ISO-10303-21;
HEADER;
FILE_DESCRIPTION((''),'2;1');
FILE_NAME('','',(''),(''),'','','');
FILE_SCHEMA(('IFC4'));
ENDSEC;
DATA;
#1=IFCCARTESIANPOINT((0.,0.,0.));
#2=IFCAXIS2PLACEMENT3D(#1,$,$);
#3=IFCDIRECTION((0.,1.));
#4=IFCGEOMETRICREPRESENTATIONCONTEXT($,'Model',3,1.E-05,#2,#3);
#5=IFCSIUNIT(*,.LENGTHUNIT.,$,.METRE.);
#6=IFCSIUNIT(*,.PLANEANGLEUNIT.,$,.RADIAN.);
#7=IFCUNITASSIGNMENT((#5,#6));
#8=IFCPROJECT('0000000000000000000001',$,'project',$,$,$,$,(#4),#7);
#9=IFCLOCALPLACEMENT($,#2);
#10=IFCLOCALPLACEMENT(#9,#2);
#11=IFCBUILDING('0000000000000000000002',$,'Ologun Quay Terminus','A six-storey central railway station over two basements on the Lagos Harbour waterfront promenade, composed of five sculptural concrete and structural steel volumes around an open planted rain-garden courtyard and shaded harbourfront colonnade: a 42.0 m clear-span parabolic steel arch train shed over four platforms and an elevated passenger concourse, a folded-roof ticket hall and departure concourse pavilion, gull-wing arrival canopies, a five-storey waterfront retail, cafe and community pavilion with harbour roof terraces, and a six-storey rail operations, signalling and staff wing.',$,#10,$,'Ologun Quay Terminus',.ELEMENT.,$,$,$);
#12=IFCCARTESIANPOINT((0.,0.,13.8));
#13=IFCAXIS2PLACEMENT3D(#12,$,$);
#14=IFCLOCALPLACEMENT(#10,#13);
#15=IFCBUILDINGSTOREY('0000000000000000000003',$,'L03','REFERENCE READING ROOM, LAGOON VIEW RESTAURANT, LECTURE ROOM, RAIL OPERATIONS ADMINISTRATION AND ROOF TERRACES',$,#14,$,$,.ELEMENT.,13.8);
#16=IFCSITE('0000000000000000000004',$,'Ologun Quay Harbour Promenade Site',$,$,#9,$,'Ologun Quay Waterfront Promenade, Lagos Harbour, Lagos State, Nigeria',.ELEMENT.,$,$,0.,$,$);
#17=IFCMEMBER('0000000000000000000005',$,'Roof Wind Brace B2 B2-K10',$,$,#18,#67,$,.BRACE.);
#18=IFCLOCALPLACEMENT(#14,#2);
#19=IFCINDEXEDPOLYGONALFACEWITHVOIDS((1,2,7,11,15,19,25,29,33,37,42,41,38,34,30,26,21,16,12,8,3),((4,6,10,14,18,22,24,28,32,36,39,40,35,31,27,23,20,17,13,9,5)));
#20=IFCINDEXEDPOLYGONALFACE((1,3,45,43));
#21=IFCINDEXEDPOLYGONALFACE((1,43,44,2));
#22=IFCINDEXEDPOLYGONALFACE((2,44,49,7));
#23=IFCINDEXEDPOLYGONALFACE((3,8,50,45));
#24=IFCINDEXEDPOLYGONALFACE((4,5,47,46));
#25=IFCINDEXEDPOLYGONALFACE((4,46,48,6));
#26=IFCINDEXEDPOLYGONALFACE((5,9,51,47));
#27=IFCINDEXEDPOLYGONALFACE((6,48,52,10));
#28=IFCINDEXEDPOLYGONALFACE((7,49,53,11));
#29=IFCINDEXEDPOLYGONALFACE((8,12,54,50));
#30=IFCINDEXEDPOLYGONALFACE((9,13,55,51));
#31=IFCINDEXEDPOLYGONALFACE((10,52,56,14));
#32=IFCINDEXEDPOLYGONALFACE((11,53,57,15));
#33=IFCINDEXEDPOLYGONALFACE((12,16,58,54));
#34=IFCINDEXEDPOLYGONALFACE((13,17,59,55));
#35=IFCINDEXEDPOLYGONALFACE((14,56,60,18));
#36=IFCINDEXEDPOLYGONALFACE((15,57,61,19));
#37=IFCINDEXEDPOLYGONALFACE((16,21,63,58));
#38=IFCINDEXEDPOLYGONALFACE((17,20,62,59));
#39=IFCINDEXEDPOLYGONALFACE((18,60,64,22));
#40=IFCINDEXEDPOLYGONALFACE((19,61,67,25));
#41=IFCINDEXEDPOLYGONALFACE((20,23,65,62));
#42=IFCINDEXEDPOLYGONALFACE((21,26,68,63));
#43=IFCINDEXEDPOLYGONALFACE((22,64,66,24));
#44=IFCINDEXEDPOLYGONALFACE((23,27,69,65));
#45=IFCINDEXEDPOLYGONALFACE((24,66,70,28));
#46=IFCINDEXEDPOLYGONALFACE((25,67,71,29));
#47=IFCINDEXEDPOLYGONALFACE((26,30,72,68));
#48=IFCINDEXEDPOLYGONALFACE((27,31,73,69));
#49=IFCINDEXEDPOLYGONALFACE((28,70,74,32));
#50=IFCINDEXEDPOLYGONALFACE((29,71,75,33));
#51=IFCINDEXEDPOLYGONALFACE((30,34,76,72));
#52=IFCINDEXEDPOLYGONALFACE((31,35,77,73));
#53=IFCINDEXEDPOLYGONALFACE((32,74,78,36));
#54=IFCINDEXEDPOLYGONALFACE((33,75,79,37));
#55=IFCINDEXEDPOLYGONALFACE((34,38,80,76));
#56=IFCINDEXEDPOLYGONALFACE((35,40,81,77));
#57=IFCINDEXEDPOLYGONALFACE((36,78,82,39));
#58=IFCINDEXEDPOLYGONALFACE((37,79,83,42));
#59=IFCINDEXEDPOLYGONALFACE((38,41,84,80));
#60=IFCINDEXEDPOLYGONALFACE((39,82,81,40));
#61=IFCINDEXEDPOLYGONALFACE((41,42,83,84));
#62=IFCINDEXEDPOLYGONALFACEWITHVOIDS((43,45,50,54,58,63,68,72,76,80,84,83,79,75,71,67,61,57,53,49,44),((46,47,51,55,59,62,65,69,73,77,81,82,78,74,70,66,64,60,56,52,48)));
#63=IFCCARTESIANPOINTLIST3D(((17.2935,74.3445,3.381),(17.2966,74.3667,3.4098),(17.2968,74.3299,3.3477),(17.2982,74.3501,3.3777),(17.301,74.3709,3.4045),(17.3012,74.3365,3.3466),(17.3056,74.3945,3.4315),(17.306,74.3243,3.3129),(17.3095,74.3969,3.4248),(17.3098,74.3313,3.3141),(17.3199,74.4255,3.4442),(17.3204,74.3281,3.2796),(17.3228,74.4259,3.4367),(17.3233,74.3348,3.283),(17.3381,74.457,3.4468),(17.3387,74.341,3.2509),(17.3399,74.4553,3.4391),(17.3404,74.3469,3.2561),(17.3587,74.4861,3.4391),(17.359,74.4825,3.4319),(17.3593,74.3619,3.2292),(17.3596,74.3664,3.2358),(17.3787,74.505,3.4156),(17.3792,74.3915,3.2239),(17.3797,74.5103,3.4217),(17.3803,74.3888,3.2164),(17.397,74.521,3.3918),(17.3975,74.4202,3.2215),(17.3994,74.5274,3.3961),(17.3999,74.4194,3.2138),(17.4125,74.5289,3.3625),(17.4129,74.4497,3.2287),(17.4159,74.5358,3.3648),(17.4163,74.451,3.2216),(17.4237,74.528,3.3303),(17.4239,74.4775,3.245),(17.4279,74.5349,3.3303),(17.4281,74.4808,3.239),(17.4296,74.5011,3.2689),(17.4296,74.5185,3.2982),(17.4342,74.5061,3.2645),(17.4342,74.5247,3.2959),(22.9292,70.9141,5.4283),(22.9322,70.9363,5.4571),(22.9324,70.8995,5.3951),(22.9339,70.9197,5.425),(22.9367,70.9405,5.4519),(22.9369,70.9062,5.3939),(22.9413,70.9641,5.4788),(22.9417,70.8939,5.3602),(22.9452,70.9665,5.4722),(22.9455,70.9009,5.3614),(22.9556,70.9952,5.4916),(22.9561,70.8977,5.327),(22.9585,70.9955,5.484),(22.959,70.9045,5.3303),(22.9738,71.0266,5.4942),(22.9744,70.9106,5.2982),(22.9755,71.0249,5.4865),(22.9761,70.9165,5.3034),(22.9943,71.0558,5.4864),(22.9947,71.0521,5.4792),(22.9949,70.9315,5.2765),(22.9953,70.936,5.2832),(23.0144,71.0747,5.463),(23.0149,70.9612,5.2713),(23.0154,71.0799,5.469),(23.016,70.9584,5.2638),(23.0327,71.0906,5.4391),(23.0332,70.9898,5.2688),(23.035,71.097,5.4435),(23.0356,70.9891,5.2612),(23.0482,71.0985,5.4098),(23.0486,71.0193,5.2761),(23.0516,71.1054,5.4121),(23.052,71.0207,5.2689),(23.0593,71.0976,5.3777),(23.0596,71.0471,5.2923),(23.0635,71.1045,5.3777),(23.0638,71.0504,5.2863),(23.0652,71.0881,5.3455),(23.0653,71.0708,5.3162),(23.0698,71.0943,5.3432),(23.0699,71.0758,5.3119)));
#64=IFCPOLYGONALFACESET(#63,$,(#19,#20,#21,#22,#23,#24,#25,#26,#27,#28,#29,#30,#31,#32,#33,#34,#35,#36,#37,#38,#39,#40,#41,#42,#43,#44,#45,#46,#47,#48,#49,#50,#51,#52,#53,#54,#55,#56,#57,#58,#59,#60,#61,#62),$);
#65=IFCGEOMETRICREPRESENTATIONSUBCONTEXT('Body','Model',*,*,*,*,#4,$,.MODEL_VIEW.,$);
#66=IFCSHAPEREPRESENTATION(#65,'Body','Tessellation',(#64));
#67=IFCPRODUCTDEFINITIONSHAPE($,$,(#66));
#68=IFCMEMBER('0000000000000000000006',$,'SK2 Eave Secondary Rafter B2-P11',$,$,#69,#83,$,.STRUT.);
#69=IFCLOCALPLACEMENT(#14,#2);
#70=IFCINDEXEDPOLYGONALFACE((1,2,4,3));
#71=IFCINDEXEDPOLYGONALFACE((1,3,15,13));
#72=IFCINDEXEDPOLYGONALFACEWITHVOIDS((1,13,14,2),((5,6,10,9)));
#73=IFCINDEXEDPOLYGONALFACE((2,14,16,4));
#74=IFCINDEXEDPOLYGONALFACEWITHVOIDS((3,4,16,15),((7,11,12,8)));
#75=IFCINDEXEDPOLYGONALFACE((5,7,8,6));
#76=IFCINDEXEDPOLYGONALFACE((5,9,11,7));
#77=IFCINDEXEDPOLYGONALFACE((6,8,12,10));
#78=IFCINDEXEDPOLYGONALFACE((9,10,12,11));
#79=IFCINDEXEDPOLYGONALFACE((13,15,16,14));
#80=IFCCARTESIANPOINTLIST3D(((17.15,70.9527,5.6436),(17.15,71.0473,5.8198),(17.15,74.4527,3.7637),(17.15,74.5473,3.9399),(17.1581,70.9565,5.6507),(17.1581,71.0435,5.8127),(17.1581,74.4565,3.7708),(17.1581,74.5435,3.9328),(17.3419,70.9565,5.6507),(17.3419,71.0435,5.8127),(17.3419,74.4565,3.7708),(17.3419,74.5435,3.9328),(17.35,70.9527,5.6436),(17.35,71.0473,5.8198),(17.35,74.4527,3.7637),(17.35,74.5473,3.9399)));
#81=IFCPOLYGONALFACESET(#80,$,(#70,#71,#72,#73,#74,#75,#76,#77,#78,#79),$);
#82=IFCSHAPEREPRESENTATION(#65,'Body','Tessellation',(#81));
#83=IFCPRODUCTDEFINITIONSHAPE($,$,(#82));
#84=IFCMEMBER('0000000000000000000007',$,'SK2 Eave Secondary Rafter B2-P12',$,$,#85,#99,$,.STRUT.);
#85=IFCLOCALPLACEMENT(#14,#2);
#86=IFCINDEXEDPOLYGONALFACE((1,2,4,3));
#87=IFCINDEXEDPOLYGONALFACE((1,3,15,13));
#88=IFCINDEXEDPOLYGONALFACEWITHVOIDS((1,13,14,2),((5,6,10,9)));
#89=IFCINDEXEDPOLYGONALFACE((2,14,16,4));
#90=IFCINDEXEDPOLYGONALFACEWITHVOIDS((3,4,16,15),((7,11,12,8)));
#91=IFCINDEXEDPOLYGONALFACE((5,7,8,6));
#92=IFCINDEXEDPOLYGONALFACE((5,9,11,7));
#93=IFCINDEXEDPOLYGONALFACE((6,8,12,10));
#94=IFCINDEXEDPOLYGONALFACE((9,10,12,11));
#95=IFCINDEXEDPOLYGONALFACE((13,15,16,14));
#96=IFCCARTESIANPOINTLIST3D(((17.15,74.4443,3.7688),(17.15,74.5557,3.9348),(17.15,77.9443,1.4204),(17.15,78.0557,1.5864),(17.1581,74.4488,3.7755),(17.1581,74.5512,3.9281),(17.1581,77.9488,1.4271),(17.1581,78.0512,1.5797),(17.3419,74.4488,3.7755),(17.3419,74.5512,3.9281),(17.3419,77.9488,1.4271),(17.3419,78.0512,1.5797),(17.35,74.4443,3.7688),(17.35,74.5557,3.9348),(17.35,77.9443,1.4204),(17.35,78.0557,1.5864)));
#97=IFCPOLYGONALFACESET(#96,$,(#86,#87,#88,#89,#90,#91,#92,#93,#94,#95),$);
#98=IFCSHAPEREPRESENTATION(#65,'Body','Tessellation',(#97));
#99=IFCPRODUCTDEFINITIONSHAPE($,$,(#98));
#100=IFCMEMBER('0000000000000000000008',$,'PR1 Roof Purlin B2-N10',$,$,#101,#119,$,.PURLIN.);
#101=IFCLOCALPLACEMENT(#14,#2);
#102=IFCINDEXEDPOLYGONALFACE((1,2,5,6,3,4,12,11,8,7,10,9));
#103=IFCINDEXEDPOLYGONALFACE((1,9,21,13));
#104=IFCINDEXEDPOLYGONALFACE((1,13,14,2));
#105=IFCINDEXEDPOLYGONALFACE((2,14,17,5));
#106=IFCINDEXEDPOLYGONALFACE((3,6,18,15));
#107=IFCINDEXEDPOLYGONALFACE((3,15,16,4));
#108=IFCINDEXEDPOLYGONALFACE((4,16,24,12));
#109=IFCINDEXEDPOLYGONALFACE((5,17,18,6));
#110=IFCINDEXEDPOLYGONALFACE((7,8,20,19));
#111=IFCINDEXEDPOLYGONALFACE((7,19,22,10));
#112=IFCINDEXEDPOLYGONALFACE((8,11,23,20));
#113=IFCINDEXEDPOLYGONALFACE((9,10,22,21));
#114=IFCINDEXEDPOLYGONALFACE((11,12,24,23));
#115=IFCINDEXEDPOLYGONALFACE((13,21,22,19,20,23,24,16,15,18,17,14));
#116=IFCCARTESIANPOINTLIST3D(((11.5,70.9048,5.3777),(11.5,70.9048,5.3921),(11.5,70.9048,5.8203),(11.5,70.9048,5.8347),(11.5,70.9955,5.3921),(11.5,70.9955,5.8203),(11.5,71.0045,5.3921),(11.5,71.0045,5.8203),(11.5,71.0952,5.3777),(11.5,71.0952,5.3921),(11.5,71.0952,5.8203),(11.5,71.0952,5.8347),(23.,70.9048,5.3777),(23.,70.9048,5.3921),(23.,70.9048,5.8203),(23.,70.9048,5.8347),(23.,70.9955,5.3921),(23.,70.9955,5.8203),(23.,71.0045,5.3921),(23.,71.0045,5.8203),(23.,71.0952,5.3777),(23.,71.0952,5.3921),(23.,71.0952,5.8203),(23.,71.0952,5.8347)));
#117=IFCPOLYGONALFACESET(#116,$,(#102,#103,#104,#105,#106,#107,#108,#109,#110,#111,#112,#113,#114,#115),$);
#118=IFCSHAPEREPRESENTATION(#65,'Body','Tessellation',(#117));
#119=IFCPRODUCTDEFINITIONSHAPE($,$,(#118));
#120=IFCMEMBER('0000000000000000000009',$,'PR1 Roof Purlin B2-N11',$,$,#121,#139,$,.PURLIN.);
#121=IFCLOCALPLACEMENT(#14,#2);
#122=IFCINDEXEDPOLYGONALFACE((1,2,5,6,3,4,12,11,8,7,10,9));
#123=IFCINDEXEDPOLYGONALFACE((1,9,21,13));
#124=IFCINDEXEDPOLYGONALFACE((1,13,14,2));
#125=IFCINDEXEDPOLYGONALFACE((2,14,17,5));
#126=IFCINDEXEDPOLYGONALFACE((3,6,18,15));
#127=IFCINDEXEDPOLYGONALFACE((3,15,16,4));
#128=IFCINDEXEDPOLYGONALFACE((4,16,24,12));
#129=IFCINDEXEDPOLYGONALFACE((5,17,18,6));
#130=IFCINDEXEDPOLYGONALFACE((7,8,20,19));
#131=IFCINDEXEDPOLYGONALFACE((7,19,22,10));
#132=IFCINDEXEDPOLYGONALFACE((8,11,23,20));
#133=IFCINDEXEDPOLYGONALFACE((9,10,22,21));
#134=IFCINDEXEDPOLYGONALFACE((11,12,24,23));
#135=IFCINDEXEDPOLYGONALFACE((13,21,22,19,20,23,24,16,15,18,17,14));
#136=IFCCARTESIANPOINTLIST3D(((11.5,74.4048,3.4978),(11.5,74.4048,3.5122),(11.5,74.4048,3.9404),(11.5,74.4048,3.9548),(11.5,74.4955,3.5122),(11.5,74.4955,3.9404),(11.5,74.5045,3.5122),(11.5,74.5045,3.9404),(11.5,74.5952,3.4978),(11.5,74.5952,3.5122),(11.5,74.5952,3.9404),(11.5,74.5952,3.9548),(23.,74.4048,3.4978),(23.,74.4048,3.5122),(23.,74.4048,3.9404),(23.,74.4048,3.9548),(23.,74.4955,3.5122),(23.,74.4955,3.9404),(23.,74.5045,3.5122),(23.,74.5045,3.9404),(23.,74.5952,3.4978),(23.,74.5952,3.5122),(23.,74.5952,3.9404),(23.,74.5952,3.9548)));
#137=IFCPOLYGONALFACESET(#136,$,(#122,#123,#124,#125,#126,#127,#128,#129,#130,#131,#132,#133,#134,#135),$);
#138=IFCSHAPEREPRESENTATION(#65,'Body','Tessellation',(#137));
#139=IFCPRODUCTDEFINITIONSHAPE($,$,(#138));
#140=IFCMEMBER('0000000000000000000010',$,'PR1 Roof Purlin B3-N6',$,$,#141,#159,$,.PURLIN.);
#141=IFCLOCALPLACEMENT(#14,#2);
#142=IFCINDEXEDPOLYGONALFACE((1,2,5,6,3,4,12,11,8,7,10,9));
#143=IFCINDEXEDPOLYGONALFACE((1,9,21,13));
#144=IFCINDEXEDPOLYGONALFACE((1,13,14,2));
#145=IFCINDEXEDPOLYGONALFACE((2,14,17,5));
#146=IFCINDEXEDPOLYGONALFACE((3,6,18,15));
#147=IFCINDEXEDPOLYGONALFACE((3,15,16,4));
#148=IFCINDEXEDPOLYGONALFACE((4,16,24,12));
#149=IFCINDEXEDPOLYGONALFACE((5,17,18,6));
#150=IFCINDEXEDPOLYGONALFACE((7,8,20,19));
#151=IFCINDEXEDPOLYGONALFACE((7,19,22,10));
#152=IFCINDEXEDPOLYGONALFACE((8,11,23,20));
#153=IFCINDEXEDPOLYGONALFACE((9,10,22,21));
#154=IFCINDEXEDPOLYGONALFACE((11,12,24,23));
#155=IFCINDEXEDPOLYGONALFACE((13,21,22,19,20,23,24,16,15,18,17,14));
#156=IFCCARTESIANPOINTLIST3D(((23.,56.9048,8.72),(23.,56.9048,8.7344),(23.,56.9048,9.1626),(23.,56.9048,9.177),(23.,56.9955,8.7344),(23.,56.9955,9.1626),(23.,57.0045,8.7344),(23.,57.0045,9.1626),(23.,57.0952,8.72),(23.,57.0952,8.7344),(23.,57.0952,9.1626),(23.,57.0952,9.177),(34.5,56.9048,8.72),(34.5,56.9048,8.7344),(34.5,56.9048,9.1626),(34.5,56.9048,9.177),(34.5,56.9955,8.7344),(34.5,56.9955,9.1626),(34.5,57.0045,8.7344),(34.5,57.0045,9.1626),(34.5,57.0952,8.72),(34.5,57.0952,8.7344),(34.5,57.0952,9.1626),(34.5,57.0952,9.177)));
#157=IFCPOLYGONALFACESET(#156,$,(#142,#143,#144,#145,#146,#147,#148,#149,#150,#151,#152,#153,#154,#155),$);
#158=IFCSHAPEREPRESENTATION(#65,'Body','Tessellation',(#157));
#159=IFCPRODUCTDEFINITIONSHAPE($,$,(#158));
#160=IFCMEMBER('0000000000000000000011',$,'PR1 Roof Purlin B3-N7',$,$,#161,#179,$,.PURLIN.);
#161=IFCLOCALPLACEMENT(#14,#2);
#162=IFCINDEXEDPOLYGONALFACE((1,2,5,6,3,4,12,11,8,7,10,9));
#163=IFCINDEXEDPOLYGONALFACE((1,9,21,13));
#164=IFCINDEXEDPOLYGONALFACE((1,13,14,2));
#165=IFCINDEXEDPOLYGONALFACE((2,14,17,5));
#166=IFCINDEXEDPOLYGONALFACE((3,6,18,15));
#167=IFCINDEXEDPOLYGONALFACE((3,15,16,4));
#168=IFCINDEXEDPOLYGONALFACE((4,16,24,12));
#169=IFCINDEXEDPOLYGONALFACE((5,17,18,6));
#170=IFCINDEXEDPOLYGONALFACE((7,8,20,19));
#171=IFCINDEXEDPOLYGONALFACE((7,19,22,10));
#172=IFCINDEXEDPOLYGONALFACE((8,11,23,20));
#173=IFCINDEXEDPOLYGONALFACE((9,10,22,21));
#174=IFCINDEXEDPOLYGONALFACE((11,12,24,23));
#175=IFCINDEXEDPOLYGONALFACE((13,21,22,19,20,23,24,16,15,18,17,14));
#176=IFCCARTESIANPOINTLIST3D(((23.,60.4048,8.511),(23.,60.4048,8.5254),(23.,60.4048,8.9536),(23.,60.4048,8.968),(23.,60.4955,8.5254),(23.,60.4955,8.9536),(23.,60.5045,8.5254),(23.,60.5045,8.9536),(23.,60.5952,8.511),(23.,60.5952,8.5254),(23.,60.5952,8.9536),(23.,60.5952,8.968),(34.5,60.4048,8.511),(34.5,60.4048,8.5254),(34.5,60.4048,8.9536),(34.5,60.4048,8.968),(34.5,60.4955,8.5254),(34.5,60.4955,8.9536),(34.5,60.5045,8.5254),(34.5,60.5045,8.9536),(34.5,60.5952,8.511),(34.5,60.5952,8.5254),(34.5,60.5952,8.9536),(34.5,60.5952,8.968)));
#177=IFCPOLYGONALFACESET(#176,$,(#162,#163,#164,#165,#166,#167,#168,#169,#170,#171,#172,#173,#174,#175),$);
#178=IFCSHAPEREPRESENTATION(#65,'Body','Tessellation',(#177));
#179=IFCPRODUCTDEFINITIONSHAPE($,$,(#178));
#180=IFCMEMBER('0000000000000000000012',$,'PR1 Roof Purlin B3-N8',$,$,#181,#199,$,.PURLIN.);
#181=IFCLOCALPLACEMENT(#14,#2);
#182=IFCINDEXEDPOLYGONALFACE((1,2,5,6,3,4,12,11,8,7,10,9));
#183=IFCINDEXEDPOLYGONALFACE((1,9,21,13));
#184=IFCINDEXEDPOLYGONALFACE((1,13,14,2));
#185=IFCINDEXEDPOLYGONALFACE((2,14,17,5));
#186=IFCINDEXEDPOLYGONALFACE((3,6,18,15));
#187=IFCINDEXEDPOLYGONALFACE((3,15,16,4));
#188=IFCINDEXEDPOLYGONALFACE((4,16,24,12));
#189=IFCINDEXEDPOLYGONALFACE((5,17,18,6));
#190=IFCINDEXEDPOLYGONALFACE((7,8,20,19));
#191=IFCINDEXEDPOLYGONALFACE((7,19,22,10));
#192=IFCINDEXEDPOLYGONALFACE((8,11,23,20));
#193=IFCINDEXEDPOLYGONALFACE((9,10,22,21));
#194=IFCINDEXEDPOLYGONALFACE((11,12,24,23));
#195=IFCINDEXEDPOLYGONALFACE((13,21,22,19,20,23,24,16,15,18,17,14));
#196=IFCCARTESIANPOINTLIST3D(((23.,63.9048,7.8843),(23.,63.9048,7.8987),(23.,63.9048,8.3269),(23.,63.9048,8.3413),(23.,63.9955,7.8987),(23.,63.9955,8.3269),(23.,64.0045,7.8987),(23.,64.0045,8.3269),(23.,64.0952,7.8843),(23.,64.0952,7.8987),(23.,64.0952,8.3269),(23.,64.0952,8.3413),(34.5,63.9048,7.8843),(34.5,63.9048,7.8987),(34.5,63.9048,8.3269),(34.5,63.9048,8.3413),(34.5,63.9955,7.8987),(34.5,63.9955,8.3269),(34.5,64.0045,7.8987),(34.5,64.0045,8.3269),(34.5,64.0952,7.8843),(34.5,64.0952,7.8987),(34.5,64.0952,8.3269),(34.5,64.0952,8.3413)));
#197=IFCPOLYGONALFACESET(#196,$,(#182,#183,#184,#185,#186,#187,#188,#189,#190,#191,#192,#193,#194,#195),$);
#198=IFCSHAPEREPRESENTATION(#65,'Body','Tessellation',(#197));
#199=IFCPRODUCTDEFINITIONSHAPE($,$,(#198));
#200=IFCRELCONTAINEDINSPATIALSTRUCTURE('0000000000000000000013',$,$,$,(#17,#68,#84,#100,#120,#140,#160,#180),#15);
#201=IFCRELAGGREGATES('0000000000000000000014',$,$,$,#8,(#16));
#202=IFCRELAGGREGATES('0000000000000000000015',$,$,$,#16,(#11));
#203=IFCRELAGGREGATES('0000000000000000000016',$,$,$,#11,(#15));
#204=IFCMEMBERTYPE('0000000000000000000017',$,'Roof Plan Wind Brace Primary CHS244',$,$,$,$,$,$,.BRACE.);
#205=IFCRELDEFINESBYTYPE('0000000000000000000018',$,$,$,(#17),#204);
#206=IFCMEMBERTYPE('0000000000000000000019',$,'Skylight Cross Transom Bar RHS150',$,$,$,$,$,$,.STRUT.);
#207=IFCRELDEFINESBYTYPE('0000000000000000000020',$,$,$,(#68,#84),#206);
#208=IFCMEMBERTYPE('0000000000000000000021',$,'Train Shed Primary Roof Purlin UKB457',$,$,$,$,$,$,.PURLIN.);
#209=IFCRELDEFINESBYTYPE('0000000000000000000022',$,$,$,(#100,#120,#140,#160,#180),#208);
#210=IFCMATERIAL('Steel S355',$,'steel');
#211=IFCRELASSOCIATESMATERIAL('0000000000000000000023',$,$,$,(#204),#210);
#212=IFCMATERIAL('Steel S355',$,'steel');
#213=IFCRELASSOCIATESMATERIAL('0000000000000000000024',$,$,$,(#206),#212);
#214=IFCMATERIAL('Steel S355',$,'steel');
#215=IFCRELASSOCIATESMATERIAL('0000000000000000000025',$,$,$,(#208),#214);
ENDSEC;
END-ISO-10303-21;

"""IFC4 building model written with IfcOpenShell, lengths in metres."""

from ifc_helpers import new_model, si_unit, direction, frame, origin, origin_2d, place, context, subcontext, project, spatial, hollow_rectangle, hollow_circle, i_section, extrude, material, material_profile, profile_set, type_object, element, save


model = new_model("IFC4")

# Units and contexts
model_context = context("Model", 3, precision=1e-05, world=origin(), true_north=direction((0.0, 1.0)))
body_context = subcontext(model_context, "Body", "Model", "MODEL_VIEW")
ifc_project = project(units=[si_unit("LENGTHUNIT", "METRE"), si_unit("PLANEANGLEUNIT", "RADIAN")], contexts=[model_context])

# Site, building, storey
site_placement = place(None, origin())
site = spatial("IfcSite", under=ifc_project, at=site_placement, Name="Ologun Quay Harbour Promenade Site", LongName="Ologun Quay Waterfront Promenade, Lagos Harbour, Lagos State, Nigeria", CompositionType="ELEMENT", RefElevation=0.0)
building_placement = place(site_placement, origin())
building = spatial("IfcBuilding", under=site, at=building_placement, Name="Ologun Quay Terminus", Description="A six-storey central railway station over two basements on the Lagos Harbour waterfront promenade, composed of five sculptural concrete and structural steel volumes around an open planted rain-garden courtyard and shaded harbourfront colonnade: a 42.0 m clear-span parabolic steel arch train shed over four platforms and an elevated passenger concourse, a folded-roof ticket hall and departure concourse pavilion, gull-wing arrival canopies, a five-storey waterfront retail, cafe and community pavilion with harbour roof terraces, and a six-storey rail operations, signalling and staff wing.", LongName="Ologun Quay Terminus", CompositionType="ELEMENT")
storey_placement = place(building_placement, frame((0.0, 0.0, 13.8)))
storey = spatial("IfcBuildingStorey", under=building, at=storey_placement, Name="L03", Description="REFERENCE READING ROOM, LAGOON VIEW RESTAURANT, LECTURE ROOM, RAIL OPERATIONS ADMINISTRATION AND ROOF TERRACES", CompositionType="ELEMENT", Elevation=13.8)

# Members
ifc_material_1 = material(Name="Steel S355", Category="steel")
ifc_material_profile_1 = material_profile(ifc_material_1, hollow_circle(Radius=0.1223, WallThickness=0.0081, at=origin_2d()), Name="CHS 244.5x8")
ifc_profile_set_1 = profile_set([ifc_material_profile_1], Name="Steel S355")
member_type_1 = type_object("IfcMemberType", Name="Roof Plan Wind Brace Primary CHS244", PredefinedType="BRACE", material=ifc_profile_set_1)
member_1_placement = place(storey_placement, frame((17.3643, 74.4304, 3.3303), z_axis=(0.815823, -0.496583, 0.296374), x_axis=(0.519943, 0.854201, 0.0)))
element("IfcMember", 1, at=member_1_placement, inside=storey, type_object=member_type_1, Name="Roof Wind Brace B2 B2-K10", PredefinedType="BRACE", context=body_context, shape_type="SweptSolid", body=[
    extrude(hollow_circle(Radius=0.1223, WallThickness=0.0081, at=origin_2d()), origin(), (0.0, 0.0, 1.0), 6.908),
])
ifc_material_2 = material(Name="Steel S355", Category="steel")
ifc_material_profile_2 = material_profile(ifc_material_2, hollow_rectangle(XDim=0.2, YDim=0.2, WallThickness=0.0081, at=origin_2d()), Name="SHS 200x200x8")
ifc_profile_set_2 = profile_set([ifc_material_profile_2], Name="Steel S355")
member_type_2 = type_object("IfcMemberType", Name="Skylight Cross Transom Bar RHS150", PredefinedType="STRUT", material=ifc_profile_set_2)
member_2_placement = place(storey_placement, frame((17.25, 71.0, 5.7317), z_axis=(0.0, 0.880968, -0.473176), x_axis=(-1.0, 0.0, 0.0)))
element("IfcMember", 2, at=member_2_placement, inside=storey, type_object=member_type_2, Name="SK2 Eave Secondary Rafter B2-P11", PredefinedType="STRUT", context=body_context, shape_type="SweptSolid", body=[
    extrude(hollow_rectangle(XDim=0.2, YDim=0.2, WallThickness=0.0081, at=origin_2d()), origin(), (0.0, 0.0, 1.0), 3.9729),
])
member_3_placement = place(storey_placement, frame((17.25, 74.5, 3.8518), z_axis=(0.0, 0.830398, -0.557171), x_axis=(-1.0, 0.0, 0.0)))
element("IfcMember", 3, at=member_3_placement, inside=storey, type_object=member_type_2, Name="SK2 Eave Secondary Rafter B2-P12", PredefinedType="STRUT", context=body_context, shape_type="SweptSolid", body=[
    extrude(hollow_rectangle(XDim=0.2, YDim=0.2, WallThickness=0.0081, at=origin_2d()), origin(), (0.0, 0.0, 1.0), 4.2148),
])
ifc_material_3 = material(Name="Steel S355", Category="steel")
ifc_material_profile_3 = material_profile(ifc_material_3, i_section(OverallWidth=0.1904, OverallDepth=0.457, WebThickness=0.009, FlangeThickness=0.0144, at=origin_2d()), Name="UKB 457x191x74")
ifc_profile_set_3 = profile_set([ifc_material_profile_3], Name="Steel S355")
member_type_3 = type_object("IfcMemberType", Name="Train Shed Primary Roof Purlin UKB457", PredefinedType="PURLIN", material=ifc_profile_set_3)
for number, where, z_axis, x_axis, name in (
    (4, (11.5, 71.0, 5.6062), (1.0, 0.0, 0.0), (0.0, 1.0, 0.0), "PR1 Roof Purlin B2-N10"),
    (5, (11.5, 74.5, 3.7263), (1.0, 0.0, 0.0), (0.0, 1.0, 0.0), "PR1 Roof Purlin B2-N11"),
    (6, (23.0, 57.0, 8.9485), (1.0, 0.0, 0.0), (0.0, 1.0, 0.0), "PR1 Roof Purlin B3-N6"),
    (7, (23.0, 60.5, 8.7395), (1.0, 0.0, 0.0), (0.0, 1.0, 0.0), "PR1 Roof Purlin B3-N7"),
    (8, (23.0, 64.0, 8.1128), (1.0, 0.0, 0.0), (0.0, 1.0, 0.0), "PR1 Roof Purlin B3-N8"),
):
    element("IfcMember", number, at=place(storey_placement, frame(where, z_axis=z_axis, x_axis=x_axis)), inside=storey, type_object=member_type_3, Name=name, PredefinedType="PURLIN", context=body_context, shape_type="SweptSolid", body=[
        extrude(i_section(OverallWidth=0.1904, OverallDepth=0.457, WebThickness=0.009, FlangeThickness=0.0144, at=origin_2d()), origin(), (0.0, 0.0, 1.0), 11.5),
    ])

save(model, "model.ifc")
